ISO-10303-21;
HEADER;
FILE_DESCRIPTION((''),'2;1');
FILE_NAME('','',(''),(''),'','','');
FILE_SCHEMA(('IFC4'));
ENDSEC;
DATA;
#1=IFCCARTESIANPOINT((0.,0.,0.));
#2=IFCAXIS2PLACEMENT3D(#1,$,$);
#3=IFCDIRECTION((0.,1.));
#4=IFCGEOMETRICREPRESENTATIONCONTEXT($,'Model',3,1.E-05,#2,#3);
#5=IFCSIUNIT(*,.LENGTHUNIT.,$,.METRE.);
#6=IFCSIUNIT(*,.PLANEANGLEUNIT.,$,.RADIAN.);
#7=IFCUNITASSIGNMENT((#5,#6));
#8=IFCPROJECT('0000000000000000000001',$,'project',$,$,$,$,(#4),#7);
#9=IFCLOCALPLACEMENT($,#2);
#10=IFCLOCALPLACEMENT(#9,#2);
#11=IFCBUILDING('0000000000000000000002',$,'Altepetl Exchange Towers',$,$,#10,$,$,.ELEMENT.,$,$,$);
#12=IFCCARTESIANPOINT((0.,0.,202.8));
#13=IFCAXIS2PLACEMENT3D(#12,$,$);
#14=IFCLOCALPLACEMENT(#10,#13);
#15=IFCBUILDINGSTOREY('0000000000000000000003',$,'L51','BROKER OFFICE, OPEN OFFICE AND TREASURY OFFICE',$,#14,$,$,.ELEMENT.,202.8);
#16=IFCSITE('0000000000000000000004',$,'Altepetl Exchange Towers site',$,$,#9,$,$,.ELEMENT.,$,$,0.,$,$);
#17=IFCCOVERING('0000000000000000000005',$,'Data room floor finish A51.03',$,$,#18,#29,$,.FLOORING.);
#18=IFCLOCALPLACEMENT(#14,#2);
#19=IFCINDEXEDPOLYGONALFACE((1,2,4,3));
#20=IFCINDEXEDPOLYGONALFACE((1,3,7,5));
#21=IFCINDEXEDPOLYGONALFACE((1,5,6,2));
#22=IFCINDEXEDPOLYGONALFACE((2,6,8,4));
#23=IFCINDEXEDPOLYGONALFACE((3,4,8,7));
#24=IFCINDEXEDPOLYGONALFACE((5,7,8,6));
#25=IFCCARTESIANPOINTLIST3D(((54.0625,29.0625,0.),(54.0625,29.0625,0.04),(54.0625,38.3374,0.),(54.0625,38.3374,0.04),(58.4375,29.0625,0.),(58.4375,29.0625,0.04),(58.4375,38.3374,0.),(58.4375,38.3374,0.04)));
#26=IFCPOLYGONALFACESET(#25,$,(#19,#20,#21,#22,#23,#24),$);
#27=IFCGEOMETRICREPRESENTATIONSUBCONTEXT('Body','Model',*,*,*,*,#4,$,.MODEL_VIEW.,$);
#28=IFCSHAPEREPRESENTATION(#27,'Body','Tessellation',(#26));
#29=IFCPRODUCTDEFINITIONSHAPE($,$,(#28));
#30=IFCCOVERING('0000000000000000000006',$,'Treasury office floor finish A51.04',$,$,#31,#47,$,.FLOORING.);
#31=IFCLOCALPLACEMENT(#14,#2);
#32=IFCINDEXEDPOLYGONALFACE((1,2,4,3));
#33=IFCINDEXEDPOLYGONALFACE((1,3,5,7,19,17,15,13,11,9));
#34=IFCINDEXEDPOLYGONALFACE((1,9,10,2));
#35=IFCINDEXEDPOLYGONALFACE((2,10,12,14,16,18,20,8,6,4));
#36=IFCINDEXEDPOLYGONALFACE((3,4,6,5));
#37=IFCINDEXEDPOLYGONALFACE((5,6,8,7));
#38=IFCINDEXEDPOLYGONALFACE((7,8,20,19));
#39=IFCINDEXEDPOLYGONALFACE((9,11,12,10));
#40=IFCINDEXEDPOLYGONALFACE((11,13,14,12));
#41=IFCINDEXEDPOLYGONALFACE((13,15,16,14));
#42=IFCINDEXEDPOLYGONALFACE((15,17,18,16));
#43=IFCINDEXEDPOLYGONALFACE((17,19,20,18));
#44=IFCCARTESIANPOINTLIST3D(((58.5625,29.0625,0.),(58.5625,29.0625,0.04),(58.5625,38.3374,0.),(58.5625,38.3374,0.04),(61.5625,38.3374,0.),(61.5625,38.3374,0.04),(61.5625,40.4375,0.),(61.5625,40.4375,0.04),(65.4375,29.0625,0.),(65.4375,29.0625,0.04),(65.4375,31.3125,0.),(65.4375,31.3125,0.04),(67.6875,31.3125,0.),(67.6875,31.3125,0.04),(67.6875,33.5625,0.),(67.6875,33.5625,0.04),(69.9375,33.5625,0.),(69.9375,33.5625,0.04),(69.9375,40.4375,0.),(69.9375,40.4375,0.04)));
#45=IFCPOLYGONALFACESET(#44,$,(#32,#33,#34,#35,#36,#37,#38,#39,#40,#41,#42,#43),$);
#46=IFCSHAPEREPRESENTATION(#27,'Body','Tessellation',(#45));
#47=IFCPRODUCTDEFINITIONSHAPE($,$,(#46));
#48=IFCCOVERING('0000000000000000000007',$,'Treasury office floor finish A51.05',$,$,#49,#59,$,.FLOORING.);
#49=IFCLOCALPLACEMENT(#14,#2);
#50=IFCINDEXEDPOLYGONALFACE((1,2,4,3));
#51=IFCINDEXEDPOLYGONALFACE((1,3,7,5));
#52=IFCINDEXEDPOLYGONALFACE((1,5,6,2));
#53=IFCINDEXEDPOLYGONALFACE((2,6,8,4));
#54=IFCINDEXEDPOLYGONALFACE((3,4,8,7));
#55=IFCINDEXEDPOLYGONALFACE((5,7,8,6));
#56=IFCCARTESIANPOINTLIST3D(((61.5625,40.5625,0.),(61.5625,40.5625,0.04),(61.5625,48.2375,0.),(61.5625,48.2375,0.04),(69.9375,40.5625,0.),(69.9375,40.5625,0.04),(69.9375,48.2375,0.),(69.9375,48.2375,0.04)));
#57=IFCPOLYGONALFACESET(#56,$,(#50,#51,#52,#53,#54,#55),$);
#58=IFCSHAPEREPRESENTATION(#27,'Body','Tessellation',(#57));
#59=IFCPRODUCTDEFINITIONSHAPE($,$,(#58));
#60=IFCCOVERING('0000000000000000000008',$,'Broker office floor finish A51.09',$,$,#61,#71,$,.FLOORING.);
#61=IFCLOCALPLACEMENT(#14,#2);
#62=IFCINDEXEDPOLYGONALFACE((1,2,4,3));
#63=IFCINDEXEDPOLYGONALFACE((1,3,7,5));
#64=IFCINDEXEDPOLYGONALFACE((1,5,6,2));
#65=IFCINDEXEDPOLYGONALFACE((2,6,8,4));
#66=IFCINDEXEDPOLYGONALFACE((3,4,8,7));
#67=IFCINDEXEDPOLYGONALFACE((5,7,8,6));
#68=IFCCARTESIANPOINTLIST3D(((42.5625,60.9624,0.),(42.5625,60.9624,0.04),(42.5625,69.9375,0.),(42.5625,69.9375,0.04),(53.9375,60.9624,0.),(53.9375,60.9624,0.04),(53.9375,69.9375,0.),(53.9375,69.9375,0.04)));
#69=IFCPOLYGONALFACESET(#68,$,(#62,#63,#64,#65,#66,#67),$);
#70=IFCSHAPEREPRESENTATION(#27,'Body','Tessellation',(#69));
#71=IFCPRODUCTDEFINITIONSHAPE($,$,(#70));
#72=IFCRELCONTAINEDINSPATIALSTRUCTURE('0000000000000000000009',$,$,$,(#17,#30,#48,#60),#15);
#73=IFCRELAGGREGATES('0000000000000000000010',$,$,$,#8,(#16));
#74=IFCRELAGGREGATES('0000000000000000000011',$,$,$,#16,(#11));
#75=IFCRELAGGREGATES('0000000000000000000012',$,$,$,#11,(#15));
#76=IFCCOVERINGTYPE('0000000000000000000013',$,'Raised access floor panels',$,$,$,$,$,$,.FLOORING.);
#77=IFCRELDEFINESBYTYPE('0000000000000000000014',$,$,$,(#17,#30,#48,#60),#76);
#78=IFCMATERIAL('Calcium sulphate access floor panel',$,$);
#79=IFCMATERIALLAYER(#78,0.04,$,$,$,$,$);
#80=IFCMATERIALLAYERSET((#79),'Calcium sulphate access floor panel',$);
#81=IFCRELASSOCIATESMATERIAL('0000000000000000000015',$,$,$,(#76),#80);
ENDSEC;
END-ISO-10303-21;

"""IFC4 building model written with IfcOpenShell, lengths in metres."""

from ifc_helpers import new_model, si_unit, direction, frame, origin, place, context, subcontext, project, spatial, polyline, outline, extrude, material, layer, layer_set, type_object, element, save


model = new_model("IFC4")

# Units and contexts
model_context = context("Model", 3, precision=1e-05, world=origin(), true_north=direction((0.0, 1.0)))
body_context = subcontext(model_context, "Body", "Model", "MODEL_VIEW")
ifc_project = project(units=[si_unit("LENGTHUNIT", "METRE"), si_unit("PLANEANGLEUNIT", "RADIAN")], contexts=[model_context])

# Site, building, storey
site_placement = place(None, origin())
site = spatial("IfcSite", under=ifc_project, at=site_placement, Name="Altepetl Exchange Towers site", CompositionType="ELEMENT", RefElevation=0.0)
building_placement = place(site_placement, origin())
building = spatial("IfcBuilding", under=site, at=building_placement, Name="Altepetl Exchange Towers", CompositionType="ELEMENT")
storey_placement = place(building_placement, frame((0.0, 0.0, 202.8)))
storey = spatial("IfcBuildingStorey", under=building, at=storey_placement, Name="L51", Description="BROKER OFFICE, OPEN OFFICE AND TREASURY OFFICE", CompositionType="ELEMENT", Elevation=202.8)

# Coverings
ifc_material_1 = material(Name="Calcium sulphate access floor panel")
ifc_layer_1 = layer(ifc_material_1, 0.04)
ifc_layer_set_1 = layer_set([ifc_layer_1], Name="Calcium sulphate access floor panel")
covering_type_1 = type_object("IfcCoveringType", Name="Raised access floor panels", PredefinedType="FLOORING", material=ifc_layer_set_1)
covering_1_placement = place(storey_placement, origin())
element("IfcCovering", 1, at=covering_1_placement, inside=storey, type_object=covering_type_1, Name="Data room floor finish A51.03", PredefinedType="FLOORING", context=body_context, shape_type="SweptSolid", body=[
    extrude(outline(polyline([(54.0625, 29.0625), (58.4375, 29.0625), (58.4375, 38.3374), (54.0625, 38.3374), (54.0625, 29.0625)])), origin(), (0.0, 0.0, 1.0), 0.04),
])
covering_2_placement = place(storey_placement, origin())
element("IfcCovering", 2, at=covering_2_placement, inside=storey, type_object=covering_type_1, Name="Treasury office floor finish A51.04", PredefinedType="FLOORING", context=body_context, shape_type="SweptSolid", body=[
    extrude(outline(polyline([(58.5625, 38.3374), (58.5625, 29.0625), (65.4375, 29.0625), (65.4375, 31.3125), (67.6875, 31.3125), (67.6875, 33.5625), (69.9375, 33.5625), (69.9375, 40.4375), (61.5625, 40.4375), (61.5625, 38.3374), (58.5625, 38.3374)])), origin(), (0.0, 0.0, 1.0), 0.04),
])
covering_3_placement = place(storey_placement, origin())
element("IfcCovering", 3, at=covering_3_placement, inside=storey, type_object=covering_type_1, Name="Treasury office floor finish A51.05", PredefinedType="FLOORING", context=body_context, shape_type="SweptSolid", body=[
    extrude(outline(polyline([(61.5625, 40.5625), (69.9375, 40.5625), (69.9375, 48.2375), (61.5625, 48.2375), (61.5625, 40.5625)])), origin(), (0.0, 0.0, 1.0), 0.04),
])
covering_4_placement = place(storey_placement, origin())
element("IfcCovering", 4, at=covering_4_placement, inside=storey, type_object=covering_type_1, Name="Broker office floor finish A51.09", PredefinedType="FLOORING", context=body_context, shape_type="SweptSolid", body=[
    extrude(outline(polyline([(53.9375, 60.9624), (53.9375, 69.9375), (42.5625, 69.9375), (42.5625, 60.9624), (53.9375, 60.9624)])), origin(), (0.0, 0.0, 1.0), 0.04),
])

save(model, "model.ifc")
